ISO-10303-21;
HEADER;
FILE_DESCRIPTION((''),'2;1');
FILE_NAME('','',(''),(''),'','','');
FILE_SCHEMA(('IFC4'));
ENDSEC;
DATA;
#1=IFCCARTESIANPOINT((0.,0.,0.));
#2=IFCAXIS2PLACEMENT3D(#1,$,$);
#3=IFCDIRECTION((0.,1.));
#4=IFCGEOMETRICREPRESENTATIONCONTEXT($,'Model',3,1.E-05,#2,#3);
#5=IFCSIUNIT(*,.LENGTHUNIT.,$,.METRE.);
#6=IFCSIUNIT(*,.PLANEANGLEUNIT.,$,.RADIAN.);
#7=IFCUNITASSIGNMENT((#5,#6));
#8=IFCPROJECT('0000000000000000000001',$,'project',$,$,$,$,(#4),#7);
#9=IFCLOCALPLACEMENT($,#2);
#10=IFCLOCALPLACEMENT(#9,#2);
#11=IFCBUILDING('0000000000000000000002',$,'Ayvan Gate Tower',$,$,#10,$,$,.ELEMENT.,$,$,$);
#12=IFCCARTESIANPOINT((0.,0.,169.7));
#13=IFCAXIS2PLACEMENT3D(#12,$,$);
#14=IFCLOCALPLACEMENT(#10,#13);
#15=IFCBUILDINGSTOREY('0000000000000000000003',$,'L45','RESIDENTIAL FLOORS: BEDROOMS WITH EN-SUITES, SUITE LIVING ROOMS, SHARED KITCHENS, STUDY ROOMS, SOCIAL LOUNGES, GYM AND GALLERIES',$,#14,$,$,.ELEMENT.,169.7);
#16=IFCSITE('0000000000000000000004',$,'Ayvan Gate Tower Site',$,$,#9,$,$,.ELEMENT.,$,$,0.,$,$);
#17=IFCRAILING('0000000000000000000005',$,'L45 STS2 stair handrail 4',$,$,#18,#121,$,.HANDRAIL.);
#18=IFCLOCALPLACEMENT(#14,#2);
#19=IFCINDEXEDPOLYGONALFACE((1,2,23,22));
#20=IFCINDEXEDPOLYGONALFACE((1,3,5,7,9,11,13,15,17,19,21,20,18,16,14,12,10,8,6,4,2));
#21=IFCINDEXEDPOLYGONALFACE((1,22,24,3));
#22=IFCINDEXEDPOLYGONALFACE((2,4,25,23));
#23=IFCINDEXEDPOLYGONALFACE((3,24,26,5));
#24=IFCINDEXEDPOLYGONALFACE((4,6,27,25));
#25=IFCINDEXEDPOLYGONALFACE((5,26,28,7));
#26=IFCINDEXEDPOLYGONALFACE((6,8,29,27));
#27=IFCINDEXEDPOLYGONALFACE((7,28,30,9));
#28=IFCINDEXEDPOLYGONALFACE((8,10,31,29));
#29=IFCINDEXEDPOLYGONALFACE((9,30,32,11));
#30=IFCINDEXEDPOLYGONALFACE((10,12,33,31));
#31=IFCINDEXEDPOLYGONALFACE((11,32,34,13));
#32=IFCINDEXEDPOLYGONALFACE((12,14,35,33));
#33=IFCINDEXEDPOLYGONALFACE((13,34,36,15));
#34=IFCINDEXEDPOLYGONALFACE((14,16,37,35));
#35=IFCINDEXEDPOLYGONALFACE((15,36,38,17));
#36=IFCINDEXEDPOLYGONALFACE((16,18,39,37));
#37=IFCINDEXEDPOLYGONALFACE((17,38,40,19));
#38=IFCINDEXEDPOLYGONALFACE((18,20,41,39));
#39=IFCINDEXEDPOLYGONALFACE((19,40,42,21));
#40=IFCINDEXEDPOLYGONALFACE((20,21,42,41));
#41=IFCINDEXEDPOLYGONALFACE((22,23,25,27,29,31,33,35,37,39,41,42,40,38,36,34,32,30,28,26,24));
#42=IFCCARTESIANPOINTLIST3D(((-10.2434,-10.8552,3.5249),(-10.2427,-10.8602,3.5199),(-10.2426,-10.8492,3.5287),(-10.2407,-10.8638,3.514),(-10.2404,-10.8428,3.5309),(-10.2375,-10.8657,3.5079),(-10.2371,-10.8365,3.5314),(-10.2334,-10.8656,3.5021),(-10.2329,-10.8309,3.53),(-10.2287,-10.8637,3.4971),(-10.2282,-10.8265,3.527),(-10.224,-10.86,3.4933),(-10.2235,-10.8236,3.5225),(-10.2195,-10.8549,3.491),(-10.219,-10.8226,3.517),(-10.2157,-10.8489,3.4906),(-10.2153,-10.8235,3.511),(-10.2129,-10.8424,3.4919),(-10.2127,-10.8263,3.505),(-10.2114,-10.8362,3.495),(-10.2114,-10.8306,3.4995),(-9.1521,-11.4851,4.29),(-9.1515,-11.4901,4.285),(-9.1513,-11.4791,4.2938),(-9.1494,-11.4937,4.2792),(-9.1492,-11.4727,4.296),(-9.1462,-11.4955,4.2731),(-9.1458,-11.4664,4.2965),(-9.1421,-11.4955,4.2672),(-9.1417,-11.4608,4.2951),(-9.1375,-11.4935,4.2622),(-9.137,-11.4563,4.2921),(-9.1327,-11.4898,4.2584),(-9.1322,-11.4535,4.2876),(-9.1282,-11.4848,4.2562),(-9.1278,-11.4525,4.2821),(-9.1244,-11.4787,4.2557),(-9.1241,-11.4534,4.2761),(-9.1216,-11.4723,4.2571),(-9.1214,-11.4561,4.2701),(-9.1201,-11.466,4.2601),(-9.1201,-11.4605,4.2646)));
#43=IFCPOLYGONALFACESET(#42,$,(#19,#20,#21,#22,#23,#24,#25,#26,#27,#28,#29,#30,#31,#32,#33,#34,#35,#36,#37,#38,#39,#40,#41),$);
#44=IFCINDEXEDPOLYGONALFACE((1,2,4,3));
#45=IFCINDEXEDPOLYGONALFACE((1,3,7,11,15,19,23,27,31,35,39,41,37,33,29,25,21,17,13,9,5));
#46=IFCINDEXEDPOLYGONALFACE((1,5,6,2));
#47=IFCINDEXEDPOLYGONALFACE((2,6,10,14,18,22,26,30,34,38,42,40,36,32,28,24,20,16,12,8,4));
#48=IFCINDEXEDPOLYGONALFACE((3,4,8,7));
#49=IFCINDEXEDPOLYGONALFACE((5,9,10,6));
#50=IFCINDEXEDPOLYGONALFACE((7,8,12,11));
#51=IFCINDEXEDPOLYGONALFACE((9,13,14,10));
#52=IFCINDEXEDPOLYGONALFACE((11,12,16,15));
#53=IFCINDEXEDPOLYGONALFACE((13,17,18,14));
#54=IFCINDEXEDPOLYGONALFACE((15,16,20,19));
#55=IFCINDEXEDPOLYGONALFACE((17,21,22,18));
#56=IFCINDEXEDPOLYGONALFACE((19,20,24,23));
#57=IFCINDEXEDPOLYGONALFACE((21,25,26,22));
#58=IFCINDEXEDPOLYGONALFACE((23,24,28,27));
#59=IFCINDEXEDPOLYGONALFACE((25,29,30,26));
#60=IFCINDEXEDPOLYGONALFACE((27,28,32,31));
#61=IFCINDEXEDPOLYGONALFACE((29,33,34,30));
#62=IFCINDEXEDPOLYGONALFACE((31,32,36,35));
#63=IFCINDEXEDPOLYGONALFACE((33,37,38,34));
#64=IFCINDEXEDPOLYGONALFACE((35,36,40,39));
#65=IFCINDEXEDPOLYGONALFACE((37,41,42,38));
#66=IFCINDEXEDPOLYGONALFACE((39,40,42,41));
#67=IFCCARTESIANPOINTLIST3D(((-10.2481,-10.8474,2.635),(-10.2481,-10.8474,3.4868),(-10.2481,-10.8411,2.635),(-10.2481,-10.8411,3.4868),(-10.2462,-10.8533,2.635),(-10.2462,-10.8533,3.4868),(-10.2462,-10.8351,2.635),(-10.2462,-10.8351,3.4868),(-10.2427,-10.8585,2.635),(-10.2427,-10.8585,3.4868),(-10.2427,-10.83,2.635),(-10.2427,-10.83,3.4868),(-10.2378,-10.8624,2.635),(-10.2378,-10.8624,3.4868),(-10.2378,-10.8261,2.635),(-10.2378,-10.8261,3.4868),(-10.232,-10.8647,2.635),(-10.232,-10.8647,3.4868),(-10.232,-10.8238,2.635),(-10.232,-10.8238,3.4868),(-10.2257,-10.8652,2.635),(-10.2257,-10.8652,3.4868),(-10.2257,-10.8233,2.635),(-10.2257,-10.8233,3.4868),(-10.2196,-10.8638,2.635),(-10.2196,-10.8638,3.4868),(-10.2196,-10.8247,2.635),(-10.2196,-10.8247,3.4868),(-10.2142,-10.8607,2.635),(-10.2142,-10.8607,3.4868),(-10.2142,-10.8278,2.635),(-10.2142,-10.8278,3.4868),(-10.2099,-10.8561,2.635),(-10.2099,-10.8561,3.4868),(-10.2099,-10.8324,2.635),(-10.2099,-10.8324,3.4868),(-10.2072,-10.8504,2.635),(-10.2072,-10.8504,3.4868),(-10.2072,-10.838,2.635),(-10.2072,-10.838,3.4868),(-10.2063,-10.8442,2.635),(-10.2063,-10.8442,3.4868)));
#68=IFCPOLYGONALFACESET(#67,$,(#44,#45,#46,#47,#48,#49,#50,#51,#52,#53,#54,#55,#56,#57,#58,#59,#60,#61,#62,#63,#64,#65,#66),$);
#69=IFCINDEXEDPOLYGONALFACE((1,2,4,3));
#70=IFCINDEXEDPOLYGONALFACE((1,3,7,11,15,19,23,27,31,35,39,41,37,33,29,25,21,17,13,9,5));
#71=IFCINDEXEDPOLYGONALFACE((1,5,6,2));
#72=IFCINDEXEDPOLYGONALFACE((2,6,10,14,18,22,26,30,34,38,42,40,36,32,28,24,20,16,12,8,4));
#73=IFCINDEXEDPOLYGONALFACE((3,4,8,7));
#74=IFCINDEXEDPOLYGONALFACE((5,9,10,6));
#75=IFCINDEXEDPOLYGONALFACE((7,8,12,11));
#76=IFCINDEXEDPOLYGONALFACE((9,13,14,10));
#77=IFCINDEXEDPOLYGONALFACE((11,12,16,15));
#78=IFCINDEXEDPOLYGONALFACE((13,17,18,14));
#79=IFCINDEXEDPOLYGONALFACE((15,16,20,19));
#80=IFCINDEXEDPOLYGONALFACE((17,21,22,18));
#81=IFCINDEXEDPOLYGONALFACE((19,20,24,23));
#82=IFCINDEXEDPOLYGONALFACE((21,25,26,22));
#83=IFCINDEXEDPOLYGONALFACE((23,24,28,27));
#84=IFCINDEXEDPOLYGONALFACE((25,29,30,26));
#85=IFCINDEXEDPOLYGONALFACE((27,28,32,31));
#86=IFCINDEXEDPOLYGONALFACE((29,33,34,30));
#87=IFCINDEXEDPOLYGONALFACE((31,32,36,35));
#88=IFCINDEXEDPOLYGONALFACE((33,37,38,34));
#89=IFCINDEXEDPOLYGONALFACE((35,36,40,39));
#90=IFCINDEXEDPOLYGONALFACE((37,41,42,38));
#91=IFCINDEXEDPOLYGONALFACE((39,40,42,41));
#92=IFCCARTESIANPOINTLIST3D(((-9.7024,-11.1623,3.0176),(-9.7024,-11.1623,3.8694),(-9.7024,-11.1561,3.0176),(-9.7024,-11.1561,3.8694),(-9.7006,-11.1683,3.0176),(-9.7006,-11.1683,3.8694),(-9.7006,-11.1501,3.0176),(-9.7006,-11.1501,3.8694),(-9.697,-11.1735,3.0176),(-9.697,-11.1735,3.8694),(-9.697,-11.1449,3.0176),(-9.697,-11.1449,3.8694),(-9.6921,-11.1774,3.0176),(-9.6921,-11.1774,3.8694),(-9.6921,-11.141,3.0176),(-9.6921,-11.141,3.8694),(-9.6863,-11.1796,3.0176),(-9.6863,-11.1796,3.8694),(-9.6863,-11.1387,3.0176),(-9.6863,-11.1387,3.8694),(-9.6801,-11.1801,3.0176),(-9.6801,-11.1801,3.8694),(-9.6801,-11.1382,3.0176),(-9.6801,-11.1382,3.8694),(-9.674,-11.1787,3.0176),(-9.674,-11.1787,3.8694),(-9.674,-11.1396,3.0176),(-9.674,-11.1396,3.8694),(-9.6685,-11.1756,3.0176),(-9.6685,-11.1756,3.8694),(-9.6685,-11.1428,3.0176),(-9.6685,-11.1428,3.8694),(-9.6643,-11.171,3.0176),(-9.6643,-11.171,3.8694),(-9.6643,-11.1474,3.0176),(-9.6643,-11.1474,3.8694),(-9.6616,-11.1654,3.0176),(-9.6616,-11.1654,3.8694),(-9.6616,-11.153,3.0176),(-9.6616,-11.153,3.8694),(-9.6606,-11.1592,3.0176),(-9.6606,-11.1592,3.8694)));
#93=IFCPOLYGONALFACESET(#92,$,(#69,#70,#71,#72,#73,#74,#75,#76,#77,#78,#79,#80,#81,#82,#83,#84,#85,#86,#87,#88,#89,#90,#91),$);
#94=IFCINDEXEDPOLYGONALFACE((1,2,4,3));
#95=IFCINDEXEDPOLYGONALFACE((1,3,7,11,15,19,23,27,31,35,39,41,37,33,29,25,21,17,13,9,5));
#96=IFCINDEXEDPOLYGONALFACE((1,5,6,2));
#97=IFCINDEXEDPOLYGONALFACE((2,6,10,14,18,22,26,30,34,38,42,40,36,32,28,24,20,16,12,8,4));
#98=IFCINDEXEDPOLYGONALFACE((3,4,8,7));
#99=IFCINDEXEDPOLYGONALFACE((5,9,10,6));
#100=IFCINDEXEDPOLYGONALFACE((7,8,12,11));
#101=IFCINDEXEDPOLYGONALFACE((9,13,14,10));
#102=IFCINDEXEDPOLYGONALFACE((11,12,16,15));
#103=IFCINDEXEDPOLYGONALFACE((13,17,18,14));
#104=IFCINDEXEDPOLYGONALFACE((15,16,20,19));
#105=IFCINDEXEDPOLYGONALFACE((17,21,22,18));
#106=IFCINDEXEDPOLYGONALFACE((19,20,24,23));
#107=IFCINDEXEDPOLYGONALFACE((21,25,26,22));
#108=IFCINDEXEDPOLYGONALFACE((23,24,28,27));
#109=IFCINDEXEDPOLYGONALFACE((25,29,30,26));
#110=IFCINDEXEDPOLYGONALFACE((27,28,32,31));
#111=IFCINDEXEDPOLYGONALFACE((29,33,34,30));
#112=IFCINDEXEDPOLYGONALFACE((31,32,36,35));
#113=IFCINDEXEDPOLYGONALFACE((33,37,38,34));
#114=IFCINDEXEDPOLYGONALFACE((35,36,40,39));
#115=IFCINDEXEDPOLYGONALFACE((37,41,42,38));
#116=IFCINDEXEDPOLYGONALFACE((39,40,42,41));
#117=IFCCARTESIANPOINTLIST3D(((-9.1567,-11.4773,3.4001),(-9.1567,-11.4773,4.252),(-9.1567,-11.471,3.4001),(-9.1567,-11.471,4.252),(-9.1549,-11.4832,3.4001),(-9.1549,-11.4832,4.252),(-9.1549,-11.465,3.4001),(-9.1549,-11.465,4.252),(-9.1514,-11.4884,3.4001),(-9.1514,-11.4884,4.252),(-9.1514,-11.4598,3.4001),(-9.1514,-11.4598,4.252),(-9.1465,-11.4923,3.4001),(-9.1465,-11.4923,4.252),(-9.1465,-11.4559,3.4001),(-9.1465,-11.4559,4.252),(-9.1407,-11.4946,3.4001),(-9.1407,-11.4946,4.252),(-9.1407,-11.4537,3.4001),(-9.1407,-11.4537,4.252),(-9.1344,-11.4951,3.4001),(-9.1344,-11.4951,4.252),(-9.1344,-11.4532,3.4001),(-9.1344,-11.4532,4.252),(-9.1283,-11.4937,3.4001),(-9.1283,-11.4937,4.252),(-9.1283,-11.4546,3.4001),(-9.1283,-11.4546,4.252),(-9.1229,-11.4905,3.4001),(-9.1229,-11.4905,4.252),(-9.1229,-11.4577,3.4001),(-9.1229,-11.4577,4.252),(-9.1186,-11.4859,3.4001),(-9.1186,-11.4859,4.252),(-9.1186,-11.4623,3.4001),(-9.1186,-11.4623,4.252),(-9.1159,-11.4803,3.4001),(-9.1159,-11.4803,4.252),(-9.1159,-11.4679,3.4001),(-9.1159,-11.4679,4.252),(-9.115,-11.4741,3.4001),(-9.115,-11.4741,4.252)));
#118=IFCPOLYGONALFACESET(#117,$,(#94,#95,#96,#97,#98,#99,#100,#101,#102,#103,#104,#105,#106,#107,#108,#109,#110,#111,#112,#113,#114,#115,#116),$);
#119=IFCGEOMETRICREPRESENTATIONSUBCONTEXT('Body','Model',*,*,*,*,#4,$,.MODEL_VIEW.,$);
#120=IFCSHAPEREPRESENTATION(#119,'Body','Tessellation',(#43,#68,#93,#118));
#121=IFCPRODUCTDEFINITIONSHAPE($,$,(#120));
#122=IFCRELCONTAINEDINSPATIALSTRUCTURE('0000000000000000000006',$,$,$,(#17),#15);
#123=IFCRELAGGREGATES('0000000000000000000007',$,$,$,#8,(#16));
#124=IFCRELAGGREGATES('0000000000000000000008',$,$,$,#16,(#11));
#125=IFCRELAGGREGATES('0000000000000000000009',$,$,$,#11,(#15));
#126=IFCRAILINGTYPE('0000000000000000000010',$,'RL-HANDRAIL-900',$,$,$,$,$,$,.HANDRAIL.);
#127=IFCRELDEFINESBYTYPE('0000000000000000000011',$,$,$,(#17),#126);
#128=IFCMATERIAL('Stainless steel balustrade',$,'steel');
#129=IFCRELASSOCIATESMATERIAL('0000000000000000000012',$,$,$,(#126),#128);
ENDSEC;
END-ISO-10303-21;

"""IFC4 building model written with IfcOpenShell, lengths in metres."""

from ifc_helpers import new_model, si_unit, direction, frame, origin, origin_2d, place, context, subcontext, project, spatial, circle, extrude, material, type_object, element, save


model = new_model("IFC4")

# Units and contexts
model_context = context("Model", 3, precision=1e-05, world=origin(), true_north=direction((0.0, 1.0)))
body_context = subcontext(model_context, "Body", "Model", "MODEL_VIEW")
ifc_project = project(units=[si_unit("LENGTHUNIT", "METRE"), si_unit("PLANEANGLEUNIT", "RADIAN")], contexts=[model_context])

# Site, building, storey
site_placement = place(None, origin())
site = spatial("IfcSite", under=ifc_project, at=site_placement, Name="Ayvan Gate Tower Site", CompositionType="ELEMENT", RefElevation=0.0)
building_placement = place(site_placement, origin())
building = spatial("IfcBuilding", under=site, at=building_placement, Name="Ayvan Gate Tower", CompositionType="ELEMENT")
storey_placement = place(building_placement, frame((0.0, 0.0, 169.7)))
storey = spatial("IfcBuildingStorey", under=building, at=storey_placement, Name="L45", Description="RESIDENTIAL FLOORS: BEDROOMS WITH EN-SUITES, SUITE LIVING ROOMS, SHARED KITCHENS, STUDY ROOMS, SOCIAL LOUNGES, GYM AND GALLERIES", CompositionType="ELEMENT", Elevation=169.7)

# Railing
ifc_material_1 = material(Name="Stainless steel balustrade", Category="steel")
railing_type_1 = type_object("IfcRailingType", Name="RL-HANDRAIL-900", PredefinedType="HANDRAIL", material=ifc_material_1)
railing_1_placement = place(storey_placement, frame((-10.2273, -10.8442, 2.635)))
element("IfcRailing", 1, at=railing_1_placement, inside=storey, type_object=railing_type_1, Name="L45 STS2 stair handrail 4", PredefinedType="HANDRAIL", context=body_context, shape_type="SweptSolid", body=[
    extrude(circle(Radius=0.0239, at=origin_2d()), frame((0.0, 0.0, 0.876), z_axis=(0.740293, -0.427283, 0.519033), x_axis=(0.49989, 0.866089, 0.0)), (0.0, 0.0, 1.0), 1.4741),
    extrude(circle(Radius=0.021, at=origin_2d()), origin(), (0.0, 0.0, 1.0), 0.8518),
    extrude(circle(Radius=0.021, at=origin_2d()), frame((0.5457, -0.3149, 0.3826)), (0.0, 0.0, 1.0), 0.8518),
    extrude(circle(Radius=0.021, at=origin_2d()), frame((1.0913, -0.6299, 0.7651)), (0.0, 0.0, 1.0), 0.8518),
])

save(model, "model.ifc")
